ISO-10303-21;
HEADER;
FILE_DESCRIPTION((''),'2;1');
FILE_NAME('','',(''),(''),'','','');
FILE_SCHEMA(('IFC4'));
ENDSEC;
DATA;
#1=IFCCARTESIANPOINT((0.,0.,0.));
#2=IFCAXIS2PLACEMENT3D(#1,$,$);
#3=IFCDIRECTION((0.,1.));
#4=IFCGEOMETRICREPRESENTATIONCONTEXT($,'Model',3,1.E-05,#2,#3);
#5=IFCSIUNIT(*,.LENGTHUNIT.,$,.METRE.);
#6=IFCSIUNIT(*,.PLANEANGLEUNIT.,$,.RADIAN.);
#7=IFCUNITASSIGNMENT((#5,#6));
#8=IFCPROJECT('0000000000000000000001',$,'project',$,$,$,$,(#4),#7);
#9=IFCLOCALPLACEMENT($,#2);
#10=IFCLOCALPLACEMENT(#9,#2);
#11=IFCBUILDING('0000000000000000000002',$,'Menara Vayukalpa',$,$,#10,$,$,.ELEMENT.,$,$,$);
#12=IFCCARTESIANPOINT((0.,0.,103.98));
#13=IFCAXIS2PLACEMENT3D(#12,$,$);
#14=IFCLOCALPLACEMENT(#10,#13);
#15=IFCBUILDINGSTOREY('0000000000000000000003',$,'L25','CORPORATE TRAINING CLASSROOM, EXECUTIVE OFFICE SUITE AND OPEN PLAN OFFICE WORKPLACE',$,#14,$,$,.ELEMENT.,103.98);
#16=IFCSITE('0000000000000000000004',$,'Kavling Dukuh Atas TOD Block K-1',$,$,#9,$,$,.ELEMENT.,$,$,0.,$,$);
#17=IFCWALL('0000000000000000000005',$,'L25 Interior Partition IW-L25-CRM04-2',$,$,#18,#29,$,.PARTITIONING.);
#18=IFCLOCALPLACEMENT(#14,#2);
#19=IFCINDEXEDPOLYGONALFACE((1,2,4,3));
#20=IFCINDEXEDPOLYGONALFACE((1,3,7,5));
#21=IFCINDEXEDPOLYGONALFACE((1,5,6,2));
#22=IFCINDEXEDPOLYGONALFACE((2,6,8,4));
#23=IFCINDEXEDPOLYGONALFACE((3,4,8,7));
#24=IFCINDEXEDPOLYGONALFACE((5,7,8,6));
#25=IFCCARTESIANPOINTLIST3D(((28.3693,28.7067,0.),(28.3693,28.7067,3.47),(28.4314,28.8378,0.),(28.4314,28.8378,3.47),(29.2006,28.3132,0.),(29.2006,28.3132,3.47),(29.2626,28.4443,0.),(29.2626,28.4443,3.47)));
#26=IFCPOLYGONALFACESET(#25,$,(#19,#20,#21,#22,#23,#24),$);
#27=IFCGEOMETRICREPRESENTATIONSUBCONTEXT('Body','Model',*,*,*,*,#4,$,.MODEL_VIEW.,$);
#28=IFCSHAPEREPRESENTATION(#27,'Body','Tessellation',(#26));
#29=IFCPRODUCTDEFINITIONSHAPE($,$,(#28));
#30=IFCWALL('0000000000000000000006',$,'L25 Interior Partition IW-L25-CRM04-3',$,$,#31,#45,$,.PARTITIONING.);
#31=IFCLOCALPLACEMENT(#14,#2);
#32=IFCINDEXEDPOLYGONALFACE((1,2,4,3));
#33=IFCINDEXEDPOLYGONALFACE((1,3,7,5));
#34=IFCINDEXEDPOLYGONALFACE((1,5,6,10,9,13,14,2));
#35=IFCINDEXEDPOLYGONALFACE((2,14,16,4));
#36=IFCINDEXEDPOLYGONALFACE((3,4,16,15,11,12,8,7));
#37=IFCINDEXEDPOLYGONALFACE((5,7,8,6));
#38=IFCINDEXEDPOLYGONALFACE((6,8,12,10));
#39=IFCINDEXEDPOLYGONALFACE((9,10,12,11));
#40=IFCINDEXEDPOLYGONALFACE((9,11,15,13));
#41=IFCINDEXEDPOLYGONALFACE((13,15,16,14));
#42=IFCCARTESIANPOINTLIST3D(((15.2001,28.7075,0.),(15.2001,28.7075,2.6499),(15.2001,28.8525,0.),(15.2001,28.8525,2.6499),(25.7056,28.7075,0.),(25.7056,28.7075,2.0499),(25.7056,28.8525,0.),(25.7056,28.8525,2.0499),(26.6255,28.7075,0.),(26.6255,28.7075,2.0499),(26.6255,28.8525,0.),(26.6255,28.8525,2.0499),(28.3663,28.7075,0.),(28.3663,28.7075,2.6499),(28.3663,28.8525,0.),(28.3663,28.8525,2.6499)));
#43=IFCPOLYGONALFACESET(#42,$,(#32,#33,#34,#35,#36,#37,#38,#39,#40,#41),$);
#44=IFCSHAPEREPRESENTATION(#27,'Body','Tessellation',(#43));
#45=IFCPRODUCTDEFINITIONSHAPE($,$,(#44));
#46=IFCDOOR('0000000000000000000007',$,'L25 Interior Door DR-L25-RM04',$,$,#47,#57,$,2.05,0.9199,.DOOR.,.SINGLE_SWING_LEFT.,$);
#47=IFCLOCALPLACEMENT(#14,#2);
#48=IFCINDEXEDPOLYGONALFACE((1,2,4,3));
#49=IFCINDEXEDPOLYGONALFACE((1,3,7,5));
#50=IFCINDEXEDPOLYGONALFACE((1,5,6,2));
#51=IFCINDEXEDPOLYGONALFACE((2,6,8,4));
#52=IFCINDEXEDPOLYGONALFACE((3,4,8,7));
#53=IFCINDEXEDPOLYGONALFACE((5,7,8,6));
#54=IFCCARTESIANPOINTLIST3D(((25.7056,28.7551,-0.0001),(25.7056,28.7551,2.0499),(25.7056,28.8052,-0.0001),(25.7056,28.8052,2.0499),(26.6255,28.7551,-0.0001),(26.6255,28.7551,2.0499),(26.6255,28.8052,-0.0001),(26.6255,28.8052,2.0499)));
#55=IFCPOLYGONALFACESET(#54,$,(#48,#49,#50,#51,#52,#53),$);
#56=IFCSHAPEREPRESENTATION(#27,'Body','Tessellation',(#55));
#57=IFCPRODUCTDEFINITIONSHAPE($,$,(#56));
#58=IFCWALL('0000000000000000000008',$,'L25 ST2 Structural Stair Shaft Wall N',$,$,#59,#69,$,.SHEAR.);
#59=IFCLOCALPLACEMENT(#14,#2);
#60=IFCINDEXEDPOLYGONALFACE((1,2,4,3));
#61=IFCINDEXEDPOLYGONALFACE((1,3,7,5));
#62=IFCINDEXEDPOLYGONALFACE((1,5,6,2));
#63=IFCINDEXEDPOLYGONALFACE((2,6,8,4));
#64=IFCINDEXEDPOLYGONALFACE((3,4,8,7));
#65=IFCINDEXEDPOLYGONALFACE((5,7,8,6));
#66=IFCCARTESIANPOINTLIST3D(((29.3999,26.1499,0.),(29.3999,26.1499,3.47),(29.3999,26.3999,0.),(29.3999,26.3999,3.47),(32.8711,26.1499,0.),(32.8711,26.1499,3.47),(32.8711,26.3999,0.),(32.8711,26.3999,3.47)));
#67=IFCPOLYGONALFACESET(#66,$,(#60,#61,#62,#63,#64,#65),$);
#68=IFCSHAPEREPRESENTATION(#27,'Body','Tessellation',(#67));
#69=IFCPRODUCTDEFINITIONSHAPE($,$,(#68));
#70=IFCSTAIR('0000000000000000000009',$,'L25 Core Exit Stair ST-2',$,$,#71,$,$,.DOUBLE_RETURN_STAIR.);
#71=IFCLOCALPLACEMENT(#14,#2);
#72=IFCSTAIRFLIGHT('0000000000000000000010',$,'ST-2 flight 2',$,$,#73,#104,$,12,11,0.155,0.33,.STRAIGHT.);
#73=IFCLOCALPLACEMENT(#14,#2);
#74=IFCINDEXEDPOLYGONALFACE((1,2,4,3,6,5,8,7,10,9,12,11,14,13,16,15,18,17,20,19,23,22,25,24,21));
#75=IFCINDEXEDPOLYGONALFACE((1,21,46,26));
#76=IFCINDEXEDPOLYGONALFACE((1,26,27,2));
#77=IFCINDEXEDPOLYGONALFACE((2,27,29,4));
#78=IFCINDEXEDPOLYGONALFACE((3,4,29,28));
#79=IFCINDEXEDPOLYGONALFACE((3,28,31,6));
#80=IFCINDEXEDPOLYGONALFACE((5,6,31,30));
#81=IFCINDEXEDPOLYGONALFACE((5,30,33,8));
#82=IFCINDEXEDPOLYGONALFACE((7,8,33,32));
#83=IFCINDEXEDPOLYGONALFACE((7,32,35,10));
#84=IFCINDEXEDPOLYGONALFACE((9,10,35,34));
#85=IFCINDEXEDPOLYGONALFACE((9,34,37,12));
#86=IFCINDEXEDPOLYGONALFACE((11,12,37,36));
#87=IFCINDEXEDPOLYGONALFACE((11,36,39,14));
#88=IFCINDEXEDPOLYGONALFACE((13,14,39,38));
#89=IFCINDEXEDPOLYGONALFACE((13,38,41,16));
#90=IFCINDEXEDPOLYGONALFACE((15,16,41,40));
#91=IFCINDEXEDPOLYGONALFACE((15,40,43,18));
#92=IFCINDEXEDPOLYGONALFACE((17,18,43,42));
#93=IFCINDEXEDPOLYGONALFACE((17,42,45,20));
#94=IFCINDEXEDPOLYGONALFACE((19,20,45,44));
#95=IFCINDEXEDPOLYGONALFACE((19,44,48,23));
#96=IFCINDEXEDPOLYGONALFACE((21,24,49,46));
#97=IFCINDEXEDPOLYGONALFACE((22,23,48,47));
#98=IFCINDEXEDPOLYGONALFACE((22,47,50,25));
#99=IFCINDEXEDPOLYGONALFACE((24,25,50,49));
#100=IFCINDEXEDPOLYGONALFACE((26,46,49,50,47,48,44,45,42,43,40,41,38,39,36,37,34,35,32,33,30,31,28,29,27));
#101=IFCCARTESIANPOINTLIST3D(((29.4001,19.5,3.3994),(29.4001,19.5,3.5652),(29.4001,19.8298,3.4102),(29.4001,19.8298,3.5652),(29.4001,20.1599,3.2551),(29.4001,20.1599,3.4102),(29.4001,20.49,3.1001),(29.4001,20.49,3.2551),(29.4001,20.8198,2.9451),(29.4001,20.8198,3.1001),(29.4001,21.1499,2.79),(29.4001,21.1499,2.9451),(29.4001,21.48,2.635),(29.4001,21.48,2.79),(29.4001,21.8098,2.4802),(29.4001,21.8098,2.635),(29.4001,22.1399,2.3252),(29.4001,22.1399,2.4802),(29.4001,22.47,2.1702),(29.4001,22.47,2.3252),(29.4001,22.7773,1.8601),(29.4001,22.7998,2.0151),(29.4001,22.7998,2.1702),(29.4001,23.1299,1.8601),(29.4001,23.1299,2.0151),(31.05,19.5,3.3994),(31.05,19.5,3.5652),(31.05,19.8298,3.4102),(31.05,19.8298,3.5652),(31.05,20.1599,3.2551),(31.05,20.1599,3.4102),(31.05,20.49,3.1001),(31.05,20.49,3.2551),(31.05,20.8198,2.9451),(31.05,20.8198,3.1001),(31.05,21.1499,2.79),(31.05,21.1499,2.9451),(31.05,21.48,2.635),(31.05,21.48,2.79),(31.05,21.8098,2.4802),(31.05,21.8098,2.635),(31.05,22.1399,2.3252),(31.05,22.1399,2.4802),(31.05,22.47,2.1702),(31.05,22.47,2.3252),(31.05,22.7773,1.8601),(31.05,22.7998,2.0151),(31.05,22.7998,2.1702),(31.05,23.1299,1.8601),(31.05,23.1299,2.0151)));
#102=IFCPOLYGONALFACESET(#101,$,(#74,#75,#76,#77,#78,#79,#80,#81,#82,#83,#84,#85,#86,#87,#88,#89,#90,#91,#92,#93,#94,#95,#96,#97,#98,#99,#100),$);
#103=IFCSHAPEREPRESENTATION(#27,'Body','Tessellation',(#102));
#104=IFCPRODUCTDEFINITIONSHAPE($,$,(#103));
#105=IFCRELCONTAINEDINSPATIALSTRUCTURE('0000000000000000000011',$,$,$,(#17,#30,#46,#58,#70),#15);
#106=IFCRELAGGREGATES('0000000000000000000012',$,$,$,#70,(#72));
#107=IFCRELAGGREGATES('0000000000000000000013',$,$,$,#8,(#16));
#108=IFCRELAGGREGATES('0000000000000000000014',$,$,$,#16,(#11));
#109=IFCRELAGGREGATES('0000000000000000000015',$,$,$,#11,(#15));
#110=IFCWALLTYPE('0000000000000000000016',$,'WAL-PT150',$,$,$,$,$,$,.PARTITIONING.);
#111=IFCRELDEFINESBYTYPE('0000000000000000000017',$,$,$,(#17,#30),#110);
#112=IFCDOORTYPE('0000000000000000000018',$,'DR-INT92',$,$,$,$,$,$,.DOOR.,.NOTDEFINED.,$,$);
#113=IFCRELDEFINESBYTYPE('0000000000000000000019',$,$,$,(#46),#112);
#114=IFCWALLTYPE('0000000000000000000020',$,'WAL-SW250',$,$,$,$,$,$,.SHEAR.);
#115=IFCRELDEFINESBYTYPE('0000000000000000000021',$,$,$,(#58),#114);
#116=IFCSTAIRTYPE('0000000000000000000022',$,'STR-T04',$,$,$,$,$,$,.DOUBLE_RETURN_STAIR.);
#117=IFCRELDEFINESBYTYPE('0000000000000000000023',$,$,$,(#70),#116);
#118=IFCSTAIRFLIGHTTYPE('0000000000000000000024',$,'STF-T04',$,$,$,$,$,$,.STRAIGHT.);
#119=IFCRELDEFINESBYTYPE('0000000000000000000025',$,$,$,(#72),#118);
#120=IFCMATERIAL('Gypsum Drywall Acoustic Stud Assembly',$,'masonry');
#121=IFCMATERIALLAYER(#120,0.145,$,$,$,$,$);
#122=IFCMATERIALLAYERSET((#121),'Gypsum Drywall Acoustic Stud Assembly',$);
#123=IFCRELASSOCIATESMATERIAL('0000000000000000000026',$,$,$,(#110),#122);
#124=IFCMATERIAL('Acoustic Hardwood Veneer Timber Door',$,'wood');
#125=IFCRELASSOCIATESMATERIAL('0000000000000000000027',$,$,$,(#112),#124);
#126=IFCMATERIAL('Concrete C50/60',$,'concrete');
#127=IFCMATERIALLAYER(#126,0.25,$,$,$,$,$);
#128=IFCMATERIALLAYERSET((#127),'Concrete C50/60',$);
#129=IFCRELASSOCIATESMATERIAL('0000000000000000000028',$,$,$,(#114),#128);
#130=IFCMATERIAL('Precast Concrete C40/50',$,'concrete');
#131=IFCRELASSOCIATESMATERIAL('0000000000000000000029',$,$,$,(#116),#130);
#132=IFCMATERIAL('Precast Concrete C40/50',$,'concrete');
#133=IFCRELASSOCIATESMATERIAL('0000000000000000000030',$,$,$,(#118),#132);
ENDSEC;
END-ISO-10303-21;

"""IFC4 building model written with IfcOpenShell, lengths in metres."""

from ifc_helpers import new_model, si_unit, direction, frame, frame_2d, origin, place, context, subcontext, project, spatial, polyline, rectangle, outline, extrude, material, layer, layer_set, type_object, element, fill, aggregate, save


model = new_model("IFC4")

# Units and contexts
model_context = context("Model", 3, precision=1e-05, world=origin(), true_north=direction((0.0, 1.0)))
body_context = subcontext(model_context, "Body", "Model", "MODEL_VIEW")
ifc_project = project(units=[si_unit("LENGTHUNIT", "METRE"), si_unit("PLANEANGLEUNIT", "RADIAN")], contexts=[model_context])

# Site, building, storey
site_placement = place(None, origin())
site = spatial("IfcSite", under=ifc_project, at=site_placement, Name="Kavling Dukuh Atas TOD Block K-1", CompositionType="ELEMENT", RefElevation=0.0)
building_placement = place(site_placement, origin())
building = spatial("IfcBuilding", under=site, at=building_placement, Name="Menara Vayukalpa", CompositionType="ELEMENT")
storey_placement = place(building_placement, frame((0.0, 0.0, 103.98)))
storey = spatial("IfcBuildingStorey", under=building, at=storey_placement, Name="L25", Description="CORPORATE TRAINING CLASSROOM, EXECUTIVE OFFICE SUITE AND OPEN PLAN OFFICE WORKPLACE", CompositionType="ELEMENT", Elevation=103.98)

# Wall
ifc_material_1 = material(Name="Gypsum Drywall Acoustic Stud Assembly", Category="masonry")
ifc_layer_1 = layer(ifc_material_1, 0.145)
ifc_layer_set_1 = layer_set([ifc_layer_1], Name="Gypsum Drywall Acoustic Stud Assembly")
wall_type_1 = type_object("IfcWallType", Name="WAL-PT150", PredefinedType="PARTITIONING", material=ifc_layer_set_1)
wall_1_placement = place(storey_placement, frame((29.2317, 28.3787, 0.0), z_axis=(0.0, 0.0, 1.0), x_axis=(-0.90383, 0.427892, 0.0)))
element("IfcWall", 1, at=wall_1_placement, inside=storey, type_object=wall_type_1, Name="L25 Interior Partition IW-L25-CRM04-2", PredefinedType="PARTITIONING", context=body_context, shape_type="SweptSolid", body=[
    extrude(rectangle(XDim=0.9197, YDim=0.145, at=frame_2d((0.46, 0.0))), origin(), (0.0, 0.0, 1.0), 3.47),
])

# Wall, opening, door
wall_2_placement = place(storey_placement, frame((28.3662, 28.78, 0.0), z_axis=(0.0, 0.0, 1.0), x_axis=(-1.0, 0.0, 0.0)))
wall_2 = element("IfcWall", 2, at=wall_2_placement, inside=storey, type_object=wall_type_1, Name="L25 Interior Partition IW-L25-CRM04-3", PredefinedType="PARTITIONING", context=body_context, shape_type="SweptSolid", body=[
    extrude(rectangle(XDim=13.1663, YDim=0.145, at=frame_2d((6.583, 0.0))), origin(), (0.0, 0.0, 1.0), 2.6499),
])
opening_placement = place(wall_2_placement, frame((1.7407, 0.0, 0.0)))
opening = element("IfcOpeningElement", 3, at=opening_placement, cuts=wall_2, PredefinedType="OPENING", context=body_context, shape_type="SweptSolid", body=[
    extrude(rectangle(XDim=0.9199, YDim=2.05, at=frame_2d((0.46, 1.0249))), frame((0.0, 0.0825, 0.0), z_axis=(0.0, -1.0, 0.0), x_axis=(1.0, 0.0, 0.0)), (0.0, 0.0, 1.0), 0.165),
])
ifc_material_2 = material(Name="Acoustic Hardwood Veneer Timber Door", Category="wood")
door_type = type_object("IfcDoorType", Name="DR-INT92", OperationType="NOTDEFINED", PredefinedType="DOOR", material=ifc_material_2)
door_placement = place(opening_placement, origin())
door = element("IfcDoor", 4, at=door_placement, inside=storey, type_object=door_type, Name="L25 Interior Door DR-L25-RM04", OperationType="SINGLE_SWING_LEFT", OverallHeight=2.05, OverallWidth=0.9199, PredefinedType="DOOR", context=body_context, shape_type="SweptSolid", body=[
    extrude(rectangle(XDim=0.9199, YDim=2.05, at=frame_2d((0.46, 1.0249))), frame((0.0, 0.0249, 0.0), z_axis=(0.0, -1.0, 0.0), x_axis=(1.0, 0.0, 0.0)), (0.0, 0.0, 1.0), 0.05),
])
fill(opening, door)

# Wall
ifc_material_3 = material(Name="Concrete C50/60", Category="concrete")
ifc_layer_2 = layer(ifc_material_3, 0.25)
ifc_layer_set_2 = layer_set([ifc_layer_2], Name="Concrete C50/60")
wall_type_2 = type_object("IfcWallType", Name="WAL-SW250", PredefinedType="SHEAR", material=ifc_layer_set_2)
wall_3_placement = place(storey_placement, frame((29.3999, 26.2749, 0.0), z_axis=(0.0, 0.0, 1.0), x_axis=(1.0, 0.0, 0.0)))
element("IfcWall", 5, at=wall_3_placement, inside=storey, type_object=wall_type_2, Name="L25 ST2 Structural Stair Shaft Wall N", PredefinedType="SHEAR", context=body_context, shape_type="SweptSolid", body=[
    extrude(rectangle(XDim=3.4712, YDim=0.25, at=frame_2d((1.7356, 0.0))), origin(), (0.0, 0.0, 1.0), 3.47),
])

# Stair, stair flight
ifc_material_4 = material(Name="Precast Concrete C40/50", Category="concrete")
stair_type = type_object("IfcStairType", Name="STR-T04", PredefinedType="DOUBLE_RETURN_STAIR", material=ifc_material_4)
stair_placement = place(storey_placement, origin())
stair = element("IfcStair", 6, at=stair_placement, inside=storey, type_object=stair_type, Name="L25 Core Exit Stair ST-2", PredefinedType="DOUBLE_RETURN_STAIR")
ifc_material_5 = material(Name="Precast Concrete C40/50", Category="concrete")
stair_flight_type = type_object("IfcStairFlightType", Name="STF-T04", PredefinedType="STRAIGHT", material=ifc_material_5)
stair_flight_placement = place(storey_placement, frame((30.2251, 23.1299, 1.8601), z_axis=(0.0, 0.0, 1.0), x_axis=(0.0, -1.0, 0.0)))
stair_flight = element("IfcStairFlight", 7, at=stair_flight_placement, type_object=stair_flight_type, Name="ST-2 flight 2", NumberOfRisers=12, NumberOfTreads=11, PredefinedType="STRAIGHT", RiserHeight=0.155, TreadLength=0.33, context=body_context, shape_type="SweptSolid", body=[
    extrude(outline(polyline([(0.0, 0.0), (0.0, 0.155), (0.3301, 0.155), (0.3301, 0.3101), (0.6599, 0.3101), (0.6599, 0.4651), (0.99, 0.4651), (0.99, 0.6201), (1.3201, 0.6201), (1.3201, 0.7749), (1.6499, 0.7749), (1.6499, 0.9299), (1.98, 0.9299), (1.98, 1.085), (2.3101, 1.085), (2.3101, 1.24), (2.6399, 1.24), (2.6399, 1.395), (2.97, 1.395), (2.97, 1.55), (3.3, 1.55), (3.3, 1.7051), (3.6299, 1.7051), (3.6299, 1.8601), (3.6299, 1.5393), (0.3525, 0.0), (0.0, 0.0)])), frame((0.0, 0.825, 0.0), z_axis=(0.0, -1.0, 0.0), x_axis=(1.0, 0.0, 0.0)), (0.0, 0.0, 1.0), 1.6499),
])
aggregate(stair, [stair_flight])

save(model, "model.ifc")
